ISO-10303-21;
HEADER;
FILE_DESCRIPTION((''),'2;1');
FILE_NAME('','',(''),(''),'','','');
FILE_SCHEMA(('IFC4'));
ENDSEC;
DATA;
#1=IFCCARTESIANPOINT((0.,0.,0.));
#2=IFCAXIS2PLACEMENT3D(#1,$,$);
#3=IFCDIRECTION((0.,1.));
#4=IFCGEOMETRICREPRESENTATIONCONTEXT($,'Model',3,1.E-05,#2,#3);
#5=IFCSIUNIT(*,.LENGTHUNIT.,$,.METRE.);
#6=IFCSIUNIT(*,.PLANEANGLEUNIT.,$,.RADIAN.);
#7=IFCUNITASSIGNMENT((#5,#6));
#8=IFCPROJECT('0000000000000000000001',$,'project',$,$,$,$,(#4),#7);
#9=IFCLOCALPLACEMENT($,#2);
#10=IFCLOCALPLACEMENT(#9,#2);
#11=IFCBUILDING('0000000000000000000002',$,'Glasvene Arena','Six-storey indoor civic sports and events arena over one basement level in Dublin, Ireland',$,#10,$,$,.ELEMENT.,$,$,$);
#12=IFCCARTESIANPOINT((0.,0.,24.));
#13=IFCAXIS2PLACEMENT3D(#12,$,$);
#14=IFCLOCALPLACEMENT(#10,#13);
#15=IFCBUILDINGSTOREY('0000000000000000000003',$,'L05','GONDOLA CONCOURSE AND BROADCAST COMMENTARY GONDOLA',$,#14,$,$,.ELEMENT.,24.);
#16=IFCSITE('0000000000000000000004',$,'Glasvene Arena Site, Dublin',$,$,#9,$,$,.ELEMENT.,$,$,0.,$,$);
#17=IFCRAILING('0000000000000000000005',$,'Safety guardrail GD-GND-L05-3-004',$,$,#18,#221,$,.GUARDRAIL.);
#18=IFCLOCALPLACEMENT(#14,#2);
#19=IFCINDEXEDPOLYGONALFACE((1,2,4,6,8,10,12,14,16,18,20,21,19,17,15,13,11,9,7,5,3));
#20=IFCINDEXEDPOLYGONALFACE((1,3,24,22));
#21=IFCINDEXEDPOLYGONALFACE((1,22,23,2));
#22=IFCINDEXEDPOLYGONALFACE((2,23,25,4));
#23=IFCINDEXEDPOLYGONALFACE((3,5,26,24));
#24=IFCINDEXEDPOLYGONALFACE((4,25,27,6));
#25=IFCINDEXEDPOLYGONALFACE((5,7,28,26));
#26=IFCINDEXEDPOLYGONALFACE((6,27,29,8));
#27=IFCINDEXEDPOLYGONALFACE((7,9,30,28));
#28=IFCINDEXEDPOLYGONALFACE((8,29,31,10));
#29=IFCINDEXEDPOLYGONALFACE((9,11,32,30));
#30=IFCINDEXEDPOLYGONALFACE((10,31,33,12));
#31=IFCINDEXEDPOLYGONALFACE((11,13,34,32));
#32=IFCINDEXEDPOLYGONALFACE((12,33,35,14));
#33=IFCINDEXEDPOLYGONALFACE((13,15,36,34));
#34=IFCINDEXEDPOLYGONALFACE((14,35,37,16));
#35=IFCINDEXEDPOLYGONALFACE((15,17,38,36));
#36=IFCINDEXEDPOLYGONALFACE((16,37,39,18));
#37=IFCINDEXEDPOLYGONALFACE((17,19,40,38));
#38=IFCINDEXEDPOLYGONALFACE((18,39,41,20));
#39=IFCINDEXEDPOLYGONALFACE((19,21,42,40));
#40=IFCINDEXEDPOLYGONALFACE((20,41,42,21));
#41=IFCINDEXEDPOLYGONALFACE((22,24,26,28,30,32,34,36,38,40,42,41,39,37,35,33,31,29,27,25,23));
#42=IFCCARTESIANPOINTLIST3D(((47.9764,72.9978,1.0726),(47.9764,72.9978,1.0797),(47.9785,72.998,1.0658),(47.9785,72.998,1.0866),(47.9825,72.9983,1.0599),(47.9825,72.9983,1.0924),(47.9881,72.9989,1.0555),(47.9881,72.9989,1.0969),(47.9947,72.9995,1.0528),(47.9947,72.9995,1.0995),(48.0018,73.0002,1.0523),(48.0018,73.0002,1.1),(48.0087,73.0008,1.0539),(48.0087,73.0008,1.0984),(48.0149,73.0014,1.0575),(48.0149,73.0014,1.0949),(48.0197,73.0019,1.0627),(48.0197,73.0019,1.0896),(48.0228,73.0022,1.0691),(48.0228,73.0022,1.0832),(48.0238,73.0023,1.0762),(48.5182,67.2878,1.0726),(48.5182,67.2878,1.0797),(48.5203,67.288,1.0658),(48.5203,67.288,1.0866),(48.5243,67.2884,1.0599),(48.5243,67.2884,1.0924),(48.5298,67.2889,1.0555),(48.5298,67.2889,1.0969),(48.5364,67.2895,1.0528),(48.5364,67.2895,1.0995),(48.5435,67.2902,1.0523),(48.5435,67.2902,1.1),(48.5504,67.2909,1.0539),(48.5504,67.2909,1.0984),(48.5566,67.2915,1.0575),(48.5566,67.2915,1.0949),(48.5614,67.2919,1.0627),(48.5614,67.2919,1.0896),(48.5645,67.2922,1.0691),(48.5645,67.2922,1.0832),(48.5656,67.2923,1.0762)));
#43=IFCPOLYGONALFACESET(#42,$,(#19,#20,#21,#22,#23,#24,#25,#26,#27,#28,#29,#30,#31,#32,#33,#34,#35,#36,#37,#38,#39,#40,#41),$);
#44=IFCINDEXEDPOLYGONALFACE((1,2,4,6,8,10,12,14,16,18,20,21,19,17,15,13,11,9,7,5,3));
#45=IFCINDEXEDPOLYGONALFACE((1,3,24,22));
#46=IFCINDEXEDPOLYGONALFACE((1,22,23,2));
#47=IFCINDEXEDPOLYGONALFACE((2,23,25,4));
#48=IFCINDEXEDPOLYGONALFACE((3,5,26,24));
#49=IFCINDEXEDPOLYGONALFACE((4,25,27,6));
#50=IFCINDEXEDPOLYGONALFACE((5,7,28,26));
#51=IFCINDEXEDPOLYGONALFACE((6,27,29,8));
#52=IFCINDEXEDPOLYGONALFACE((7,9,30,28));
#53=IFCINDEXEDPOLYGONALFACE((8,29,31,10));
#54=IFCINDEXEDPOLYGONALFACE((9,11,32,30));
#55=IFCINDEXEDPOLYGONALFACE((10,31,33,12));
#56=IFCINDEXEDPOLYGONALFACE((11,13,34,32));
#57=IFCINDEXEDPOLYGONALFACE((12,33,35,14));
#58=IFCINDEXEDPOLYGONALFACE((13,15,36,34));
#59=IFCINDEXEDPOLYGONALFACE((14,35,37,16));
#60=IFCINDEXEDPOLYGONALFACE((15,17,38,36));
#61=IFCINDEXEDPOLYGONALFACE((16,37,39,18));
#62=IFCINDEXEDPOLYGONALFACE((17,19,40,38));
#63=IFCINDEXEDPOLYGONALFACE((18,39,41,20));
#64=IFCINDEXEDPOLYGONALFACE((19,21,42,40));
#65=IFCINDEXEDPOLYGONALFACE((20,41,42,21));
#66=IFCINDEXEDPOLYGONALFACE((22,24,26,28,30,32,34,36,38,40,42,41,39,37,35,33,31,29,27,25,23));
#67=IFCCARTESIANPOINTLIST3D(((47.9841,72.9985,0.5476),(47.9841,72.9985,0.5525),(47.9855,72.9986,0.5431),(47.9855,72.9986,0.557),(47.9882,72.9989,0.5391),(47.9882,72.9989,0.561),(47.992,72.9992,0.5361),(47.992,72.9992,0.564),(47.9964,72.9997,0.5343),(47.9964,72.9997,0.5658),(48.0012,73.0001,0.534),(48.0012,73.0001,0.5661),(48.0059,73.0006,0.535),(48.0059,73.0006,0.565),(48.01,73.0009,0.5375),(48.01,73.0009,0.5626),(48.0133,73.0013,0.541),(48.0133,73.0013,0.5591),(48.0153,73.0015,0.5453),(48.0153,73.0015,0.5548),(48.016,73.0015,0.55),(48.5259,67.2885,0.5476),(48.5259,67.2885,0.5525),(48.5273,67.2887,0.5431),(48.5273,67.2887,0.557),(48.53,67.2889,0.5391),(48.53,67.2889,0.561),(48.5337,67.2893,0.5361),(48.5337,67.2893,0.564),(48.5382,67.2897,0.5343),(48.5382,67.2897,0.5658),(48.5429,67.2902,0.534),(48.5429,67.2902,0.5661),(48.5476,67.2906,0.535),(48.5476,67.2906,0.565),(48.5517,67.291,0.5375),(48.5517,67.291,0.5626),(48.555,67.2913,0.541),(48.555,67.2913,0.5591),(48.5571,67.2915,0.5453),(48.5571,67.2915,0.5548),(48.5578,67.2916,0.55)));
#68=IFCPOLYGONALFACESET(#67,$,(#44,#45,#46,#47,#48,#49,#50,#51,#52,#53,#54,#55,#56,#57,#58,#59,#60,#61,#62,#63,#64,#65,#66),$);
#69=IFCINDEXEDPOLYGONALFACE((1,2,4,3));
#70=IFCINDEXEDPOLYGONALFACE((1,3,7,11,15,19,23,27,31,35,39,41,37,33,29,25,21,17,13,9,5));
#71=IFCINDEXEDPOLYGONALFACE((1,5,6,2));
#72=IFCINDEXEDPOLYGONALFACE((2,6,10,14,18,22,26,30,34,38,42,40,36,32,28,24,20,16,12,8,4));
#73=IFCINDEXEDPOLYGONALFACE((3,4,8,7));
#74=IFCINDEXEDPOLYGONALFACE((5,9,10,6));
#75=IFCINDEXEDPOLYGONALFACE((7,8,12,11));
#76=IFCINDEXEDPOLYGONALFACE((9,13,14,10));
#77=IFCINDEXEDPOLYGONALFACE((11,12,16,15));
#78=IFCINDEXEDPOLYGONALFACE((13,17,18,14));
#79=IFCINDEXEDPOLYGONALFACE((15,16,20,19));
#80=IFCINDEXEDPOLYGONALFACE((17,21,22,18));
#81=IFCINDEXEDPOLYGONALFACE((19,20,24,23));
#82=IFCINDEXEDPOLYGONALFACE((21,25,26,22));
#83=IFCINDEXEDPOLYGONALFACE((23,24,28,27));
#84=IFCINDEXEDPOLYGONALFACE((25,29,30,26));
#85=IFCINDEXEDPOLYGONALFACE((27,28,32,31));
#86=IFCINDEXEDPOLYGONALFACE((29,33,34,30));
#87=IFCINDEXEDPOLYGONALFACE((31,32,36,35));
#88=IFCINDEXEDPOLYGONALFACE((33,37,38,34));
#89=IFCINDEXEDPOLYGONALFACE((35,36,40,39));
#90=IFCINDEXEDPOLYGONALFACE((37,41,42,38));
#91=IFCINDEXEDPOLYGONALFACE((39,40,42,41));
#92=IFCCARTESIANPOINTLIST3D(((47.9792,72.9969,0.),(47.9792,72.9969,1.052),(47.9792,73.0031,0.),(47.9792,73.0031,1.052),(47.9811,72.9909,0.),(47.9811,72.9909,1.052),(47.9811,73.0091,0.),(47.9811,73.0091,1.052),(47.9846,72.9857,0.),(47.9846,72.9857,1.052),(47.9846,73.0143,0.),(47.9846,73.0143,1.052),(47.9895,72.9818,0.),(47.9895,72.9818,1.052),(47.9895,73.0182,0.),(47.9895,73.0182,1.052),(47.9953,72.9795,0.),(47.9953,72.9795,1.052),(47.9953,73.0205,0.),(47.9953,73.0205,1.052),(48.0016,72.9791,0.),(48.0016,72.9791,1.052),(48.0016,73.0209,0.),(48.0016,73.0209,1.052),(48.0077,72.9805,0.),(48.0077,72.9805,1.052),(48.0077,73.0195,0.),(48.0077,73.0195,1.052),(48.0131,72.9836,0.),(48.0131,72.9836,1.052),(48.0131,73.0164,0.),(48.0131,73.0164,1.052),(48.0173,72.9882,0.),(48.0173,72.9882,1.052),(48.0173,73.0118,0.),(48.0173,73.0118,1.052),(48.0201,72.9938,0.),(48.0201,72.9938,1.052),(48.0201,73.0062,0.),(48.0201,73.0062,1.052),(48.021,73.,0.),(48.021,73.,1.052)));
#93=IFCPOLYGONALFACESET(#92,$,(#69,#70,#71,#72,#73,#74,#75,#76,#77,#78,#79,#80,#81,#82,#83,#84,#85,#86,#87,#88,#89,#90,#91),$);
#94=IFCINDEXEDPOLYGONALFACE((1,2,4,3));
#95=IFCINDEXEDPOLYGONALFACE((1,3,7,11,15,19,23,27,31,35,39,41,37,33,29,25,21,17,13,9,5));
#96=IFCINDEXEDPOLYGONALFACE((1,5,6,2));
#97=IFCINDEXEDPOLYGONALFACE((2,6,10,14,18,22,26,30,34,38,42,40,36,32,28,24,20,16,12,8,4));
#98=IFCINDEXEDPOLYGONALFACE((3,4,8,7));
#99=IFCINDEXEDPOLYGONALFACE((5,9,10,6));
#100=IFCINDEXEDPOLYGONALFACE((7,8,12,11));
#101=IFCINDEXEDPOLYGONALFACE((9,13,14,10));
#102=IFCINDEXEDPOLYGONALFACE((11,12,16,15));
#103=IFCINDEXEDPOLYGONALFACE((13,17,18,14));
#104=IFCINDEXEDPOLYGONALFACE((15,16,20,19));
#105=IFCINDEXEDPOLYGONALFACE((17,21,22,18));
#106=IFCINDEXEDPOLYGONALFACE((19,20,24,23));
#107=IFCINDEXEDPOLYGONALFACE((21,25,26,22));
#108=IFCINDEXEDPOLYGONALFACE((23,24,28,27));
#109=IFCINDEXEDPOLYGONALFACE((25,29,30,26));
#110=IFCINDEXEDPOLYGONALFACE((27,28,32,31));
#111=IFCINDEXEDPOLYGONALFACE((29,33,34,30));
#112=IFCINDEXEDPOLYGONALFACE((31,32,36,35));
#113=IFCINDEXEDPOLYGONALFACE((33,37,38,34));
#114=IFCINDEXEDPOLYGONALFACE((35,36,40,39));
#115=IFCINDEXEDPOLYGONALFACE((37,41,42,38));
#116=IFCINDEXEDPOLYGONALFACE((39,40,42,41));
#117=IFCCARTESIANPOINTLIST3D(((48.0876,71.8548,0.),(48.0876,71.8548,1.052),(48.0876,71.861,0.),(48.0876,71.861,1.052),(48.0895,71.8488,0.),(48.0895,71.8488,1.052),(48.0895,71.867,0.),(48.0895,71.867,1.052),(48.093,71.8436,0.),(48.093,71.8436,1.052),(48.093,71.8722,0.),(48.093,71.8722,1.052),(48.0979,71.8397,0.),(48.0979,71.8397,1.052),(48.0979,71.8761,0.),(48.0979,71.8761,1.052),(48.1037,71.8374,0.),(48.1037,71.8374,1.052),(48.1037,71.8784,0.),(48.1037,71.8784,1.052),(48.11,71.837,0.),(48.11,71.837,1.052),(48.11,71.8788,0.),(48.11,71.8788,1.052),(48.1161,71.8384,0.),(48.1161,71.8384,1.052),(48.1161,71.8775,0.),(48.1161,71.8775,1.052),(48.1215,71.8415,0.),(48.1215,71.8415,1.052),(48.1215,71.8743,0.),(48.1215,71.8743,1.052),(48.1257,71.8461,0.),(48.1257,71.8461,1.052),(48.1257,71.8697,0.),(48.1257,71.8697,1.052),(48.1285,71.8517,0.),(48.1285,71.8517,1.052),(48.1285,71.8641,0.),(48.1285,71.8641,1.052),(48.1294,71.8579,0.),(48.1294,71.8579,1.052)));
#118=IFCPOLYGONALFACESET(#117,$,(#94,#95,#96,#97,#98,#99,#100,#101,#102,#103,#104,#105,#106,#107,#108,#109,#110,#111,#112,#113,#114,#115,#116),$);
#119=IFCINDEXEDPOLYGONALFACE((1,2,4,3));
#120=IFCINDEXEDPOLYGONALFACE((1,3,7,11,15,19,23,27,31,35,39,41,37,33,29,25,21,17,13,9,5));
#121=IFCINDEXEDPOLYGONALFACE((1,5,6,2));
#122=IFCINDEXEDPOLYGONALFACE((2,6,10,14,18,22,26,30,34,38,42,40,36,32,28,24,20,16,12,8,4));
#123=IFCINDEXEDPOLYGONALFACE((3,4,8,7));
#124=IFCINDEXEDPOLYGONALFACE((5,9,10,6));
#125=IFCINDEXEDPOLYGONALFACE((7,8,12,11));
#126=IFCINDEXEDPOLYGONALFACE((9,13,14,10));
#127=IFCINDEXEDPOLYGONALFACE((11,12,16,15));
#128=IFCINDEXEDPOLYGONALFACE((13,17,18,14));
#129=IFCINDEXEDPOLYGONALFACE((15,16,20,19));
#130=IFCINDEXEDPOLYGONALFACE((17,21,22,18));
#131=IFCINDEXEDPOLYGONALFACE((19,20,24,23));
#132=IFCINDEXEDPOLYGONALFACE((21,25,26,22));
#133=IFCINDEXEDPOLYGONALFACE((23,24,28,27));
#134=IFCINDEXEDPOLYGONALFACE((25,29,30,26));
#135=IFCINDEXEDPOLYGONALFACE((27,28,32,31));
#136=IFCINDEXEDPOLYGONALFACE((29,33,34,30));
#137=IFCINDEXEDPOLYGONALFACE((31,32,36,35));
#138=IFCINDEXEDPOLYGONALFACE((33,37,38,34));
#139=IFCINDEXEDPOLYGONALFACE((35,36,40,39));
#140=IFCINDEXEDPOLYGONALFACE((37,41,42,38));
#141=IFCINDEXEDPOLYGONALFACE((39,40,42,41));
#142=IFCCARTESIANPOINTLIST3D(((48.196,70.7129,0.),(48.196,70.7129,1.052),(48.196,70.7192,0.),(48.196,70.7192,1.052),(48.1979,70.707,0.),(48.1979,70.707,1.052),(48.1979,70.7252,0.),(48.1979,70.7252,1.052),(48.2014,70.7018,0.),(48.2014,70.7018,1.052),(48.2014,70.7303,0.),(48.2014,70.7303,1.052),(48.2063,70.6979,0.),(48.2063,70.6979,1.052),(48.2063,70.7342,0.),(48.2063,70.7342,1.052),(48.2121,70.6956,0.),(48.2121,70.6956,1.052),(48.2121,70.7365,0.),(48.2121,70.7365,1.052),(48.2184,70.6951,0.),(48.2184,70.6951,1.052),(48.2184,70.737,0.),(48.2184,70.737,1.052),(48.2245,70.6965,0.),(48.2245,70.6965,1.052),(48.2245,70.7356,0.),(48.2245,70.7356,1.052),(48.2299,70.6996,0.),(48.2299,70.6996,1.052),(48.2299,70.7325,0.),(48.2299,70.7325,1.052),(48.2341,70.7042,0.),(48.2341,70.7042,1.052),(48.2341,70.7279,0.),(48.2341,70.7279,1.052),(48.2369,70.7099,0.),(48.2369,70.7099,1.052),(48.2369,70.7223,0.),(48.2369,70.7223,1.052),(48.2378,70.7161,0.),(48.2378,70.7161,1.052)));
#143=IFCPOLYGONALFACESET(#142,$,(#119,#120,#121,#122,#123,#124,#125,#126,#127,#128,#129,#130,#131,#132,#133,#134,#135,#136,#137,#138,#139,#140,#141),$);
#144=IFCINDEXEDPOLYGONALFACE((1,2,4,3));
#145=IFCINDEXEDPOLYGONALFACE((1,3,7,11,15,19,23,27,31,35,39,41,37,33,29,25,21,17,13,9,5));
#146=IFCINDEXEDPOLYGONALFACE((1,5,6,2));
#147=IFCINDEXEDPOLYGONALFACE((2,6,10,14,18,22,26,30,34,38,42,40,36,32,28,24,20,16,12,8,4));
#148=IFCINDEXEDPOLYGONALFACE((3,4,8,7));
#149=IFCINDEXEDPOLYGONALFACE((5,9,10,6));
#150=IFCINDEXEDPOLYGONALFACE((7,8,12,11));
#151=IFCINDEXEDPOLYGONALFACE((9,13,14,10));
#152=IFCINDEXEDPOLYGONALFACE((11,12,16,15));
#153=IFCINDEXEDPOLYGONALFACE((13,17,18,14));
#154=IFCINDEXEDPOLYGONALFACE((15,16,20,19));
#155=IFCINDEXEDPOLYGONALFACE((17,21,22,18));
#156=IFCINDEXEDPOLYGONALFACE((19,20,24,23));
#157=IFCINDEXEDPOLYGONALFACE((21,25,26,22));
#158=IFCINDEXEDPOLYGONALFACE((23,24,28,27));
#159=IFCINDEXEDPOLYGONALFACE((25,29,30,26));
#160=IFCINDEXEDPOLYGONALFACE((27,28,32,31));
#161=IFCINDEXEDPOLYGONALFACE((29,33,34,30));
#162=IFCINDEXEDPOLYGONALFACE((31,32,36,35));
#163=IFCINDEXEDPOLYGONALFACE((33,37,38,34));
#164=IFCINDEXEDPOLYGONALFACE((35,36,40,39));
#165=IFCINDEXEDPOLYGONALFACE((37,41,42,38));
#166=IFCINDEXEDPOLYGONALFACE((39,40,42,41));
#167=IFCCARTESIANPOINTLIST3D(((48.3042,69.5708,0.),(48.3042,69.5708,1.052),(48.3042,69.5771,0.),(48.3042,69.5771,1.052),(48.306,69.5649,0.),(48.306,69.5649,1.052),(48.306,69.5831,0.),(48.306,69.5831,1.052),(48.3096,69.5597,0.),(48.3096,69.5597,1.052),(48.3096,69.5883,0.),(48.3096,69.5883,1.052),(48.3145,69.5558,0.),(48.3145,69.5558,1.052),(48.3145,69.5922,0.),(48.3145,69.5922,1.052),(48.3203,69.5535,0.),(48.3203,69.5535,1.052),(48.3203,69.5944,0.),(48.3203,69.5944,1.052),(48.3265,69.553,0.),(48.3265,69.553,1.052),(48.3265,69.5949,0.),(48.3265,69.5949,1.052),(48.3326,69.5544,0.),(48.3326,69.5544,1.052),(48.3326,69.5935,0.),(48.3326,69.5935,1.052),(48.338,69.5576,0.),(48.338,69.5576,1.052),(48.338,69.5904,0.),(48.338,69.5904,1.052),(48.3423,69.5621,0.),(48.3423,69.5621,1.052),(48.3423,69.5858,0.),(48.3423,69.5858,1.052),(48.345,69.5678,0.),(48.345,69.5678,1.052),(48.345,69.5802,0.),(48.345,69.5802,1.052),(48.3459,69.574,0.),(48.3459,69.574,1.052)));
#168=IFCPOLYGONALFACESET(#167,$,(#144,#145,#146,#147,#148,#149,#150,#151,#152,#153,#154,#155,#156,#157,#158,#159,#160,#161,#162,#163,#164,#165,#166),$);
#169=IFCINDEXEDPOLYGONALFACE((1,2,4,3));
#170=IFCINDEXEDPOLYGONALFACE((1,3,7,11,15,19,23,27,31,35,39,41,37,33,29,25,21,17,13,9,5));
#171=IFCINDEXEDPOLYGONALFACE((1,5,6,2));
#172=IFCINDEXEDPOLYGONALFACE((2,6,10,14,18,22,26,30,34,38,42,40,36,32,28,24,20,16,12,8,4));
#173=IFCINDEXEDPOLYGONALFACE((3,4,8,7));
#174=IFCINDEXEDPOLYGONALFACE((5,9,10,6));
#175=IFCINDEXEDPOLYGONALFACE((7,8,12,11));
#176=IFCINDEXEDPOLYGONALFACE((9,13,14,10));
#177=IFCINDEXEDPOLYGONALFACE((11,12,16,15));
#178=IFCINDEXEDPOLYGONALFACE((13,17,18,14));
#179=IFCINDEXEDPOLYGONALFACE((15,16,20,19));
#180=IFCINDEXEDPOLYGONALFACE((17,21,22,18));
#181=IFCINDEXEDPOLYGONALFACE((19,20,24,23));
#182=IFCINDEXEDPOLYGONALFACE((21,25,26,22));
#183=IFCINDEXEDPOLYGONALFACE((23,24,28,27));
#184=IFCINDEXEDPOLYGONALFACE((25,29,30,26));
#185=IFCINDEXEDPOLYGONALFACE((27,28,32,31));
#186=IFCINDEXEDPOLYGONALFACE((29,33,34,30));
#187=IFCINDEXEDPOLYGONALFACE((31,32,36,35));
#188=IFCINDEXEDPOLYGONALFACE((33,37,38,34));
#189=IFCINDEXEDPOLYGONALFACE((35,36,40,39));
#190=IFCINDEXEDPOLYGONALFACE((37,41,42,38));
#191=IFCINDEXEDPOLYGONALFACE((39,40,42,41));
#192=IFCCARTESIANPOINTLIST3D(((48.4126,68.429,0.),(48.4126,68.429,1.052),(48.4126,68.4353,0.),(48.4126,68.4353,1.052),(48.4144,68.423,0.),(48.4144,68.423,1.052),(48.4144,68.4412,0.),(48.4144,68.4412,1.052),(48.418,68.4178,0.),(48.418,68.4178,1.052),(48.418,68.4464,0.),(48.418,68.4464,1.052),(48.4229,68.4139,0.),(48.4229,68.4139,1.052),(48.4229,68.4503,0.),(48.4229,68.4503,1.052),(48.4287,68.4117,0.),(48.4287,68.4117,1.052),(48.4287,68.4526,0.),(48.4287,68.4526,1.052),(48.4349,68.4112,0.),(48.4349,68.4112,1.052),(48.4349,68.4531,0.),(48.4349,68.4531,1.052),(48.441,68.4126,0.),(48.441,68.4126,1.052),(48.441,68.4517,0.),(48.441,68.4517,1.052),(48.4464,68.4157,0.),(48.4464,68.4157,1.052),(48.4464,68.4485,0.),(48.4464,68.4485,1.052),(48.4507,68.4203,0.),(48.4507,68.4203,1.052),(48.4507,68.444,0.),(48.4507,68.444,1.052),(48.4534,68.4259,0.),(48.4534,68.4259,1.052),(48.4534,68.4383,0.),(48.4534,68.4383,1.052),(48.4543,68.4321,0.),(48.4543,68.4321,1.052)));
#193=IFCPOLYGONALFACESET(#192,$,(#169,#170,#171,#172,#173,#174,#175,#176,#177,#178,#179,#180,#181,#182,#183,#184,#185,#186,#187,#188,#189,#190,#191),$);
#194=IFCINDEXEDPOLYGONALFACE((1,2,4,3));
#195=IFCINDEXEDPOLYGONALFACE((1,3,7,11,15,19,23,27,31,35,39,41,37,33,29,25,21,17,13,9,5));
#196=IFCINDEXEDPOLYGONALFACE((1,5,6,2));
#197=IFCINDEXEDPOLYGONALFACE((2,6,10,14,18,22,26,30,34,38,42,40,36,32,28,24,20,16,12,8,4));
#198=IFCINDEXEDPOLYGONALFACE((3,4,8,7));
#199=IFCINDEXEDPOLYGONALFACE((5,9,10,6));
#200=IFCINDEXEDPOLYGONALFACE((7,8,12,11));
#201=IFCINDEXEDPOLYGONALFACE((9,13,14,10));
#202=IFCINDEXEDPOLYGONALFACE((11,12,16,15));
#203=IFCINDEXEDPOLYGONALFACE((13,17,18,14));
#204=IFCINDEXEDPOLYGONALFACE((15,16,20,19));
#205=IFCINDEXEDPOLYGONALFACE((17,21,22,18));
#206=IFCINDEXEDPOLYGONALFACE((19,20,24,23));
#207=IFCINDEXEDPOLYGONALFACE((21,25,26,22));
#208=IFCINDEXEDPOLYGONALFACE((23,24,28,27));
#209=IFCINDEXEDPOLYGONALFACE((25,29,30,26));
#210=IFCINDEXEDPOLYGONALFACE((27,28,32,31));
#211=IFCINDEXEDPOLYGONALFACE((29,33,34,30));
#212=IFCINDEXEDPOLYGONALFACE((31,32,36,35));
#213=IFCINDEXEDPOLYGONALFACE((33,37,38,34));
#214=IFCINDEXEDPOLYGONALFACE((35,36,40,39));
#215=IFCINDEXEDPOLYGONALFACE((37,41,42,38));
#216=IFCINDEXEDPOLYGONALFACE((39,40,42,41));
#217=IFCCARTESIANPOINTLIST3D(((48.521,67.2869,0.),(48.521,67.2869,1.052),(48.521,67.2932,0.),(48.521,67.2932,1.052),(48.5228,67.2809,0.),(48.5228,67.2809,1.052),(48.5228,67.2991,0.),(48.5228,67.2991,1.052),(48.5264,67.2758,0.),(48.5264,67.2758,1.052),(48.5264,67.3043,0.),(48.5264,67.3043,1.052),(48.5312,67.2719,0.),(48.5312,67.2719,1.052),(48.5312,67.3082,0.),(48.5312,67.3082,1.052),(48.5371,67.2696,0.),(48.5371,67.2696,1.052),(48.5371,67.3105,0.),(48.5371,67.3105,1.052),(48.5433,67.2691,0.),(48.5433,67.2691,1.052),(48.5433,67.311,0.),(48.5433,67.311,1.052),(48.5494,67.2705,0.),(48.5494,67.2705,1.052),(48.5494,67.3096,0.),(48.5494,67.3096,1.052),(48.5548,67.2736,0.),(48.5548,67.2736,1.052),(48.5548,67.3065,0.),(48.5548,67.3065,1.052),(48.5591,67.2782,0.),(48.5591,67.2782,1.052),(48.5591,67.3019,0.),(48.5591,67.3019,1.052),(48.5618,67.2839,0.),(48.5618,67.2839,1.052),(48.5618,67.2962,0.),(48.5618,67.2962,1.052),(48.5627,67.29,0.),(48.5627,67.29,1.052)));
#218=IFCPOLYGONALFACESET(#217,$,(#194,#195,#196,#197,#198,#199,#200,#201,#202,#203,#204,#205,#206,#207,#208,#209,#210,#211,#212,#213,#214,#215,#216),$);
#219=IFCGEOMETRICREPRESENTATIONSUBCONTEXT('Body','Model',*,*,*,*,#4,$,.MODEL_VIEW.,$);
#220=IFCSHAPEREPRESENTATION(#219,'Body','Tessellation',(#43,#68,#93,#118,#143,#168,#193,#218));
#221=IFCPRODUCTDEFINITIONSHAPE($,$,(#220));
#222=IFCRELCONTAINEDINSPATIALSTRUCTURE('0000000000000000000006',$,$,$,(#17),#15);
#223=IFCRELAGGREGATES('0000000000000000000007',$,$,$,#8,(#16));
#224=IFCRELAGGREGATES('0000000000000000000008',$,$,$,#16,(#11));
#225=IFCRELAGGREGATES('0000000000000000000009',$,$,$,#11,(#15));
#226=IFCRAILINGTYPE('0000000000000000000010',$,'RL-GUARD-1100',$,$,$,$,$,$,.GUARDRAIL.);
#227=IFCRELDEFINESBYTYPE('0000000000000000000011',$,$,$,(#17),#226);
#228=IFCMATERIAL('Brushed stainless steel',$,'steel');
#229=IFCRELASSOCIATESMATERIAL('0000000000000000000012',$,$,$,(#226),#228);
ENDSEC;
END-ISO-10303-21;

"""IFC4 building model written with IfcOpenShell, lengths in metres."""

from ifc_helpers import new_model, si_unit, direction, frame, origin, origin_2d, place, context, subcontext, project, spatial, circle, extrude, material, type_object, element, save


model = new_model("IFC4")

# Units and contexts
model_context = context("Model", 3, precision=1e-05, world=origin(), true_north=direction((0.0, 1.0)))
body_context = subcontext(model_context, "Body", "Model", "MODEL_VIEW")
ifc_project = project(units=[si_unit("LENGTHUNIT", "METRE"), si_unit("PLANEANGLEUNIT", "RADIAN")], contexts=[model_context])

# Site, building, storey
site_placement = place(None, origin())
site = spatial("IfcSite", under=ifc_project, at=site_placement, Name="Glasvene Arena Site, Dublin", CompositionType="ELEMENT", RefElevation=0.0)
building_placement = place(site_placement, origin())
building = spatial("IfcBuilding", under=site, at=building_placement, Name="Glasvene Arena", Description="Six-storey indoor civic sports and events arena over one basement level in Dublin, Ireland", CompositionType="ELEMENT")
storey_placement = place(building_placement, frame((0.0, 0.0, 24.0)))
storey = spatial("IfcBuildingStorey", under=building, at=storey_placement, Name="L05", Description="GONDOLA CONCOURSE AND BROADCAST COMMENTARY GONDOLA", CompositionType="ELEMENT", Elevation=24.0)

# Railing
ifc_material_1 = material(Name="Brushed stainless steel", Category="steel")
railing_type_1 = type_object("IfcRailingType", Name="RL-GUARD-1100", PredefinedType="GUARDRAIL", material=ifc_material_1)
railing_1_placement = place(storey_placement, frame((48.0, 73.0, 0.0)))
element("IfcRailing", 1, at=railing_1_placement, inside=storey, type_object=railing_type_1, Name="Safety guardrail GD-GND-L05-3-004", PredefinedType="GUARDRAIL", context=body_context, shape_type="SweptSolid", body=[
    extrude(circle(Radius=0.0239, at=origin_2d()), frame((0.0, 0.0, 1.0762), z_axis=(0.094454, -0.995529, 0.0), x_axis=(0.995529, 0.094454, 0.0)), (0.0, 0.0, 1.0), 5.7356),
    extrude(circle(Radius=0.0161, at=origin_2d()), frame((0.0, 0.0, 0.55), z_axis=(0.094454, -0.995529, 0.0), x_axis=(0.995529, 0.094454, 0.0)), (0.0, 0.0, 1.0), 5.7356),
    extrude(circle(Radius=0.021, at=origin_2d()), origin(), (0.0, 0.0, 1.0), 1.052),
    extrude(circle(Radius=0.021, at=origin_2d()), frame((0.1084, -1.1421, 0.0)), (0.0, 0.0, 1.0), 1.052),
    extrude(circle(Radius=0.021, at=origin_2d()), frame((0.2168, -2.2839, 0.0)), (0.0, 0.0, 1.0), 1.052),
    extrude(circle(Radius=0.021, at=origin_2d()), frame((0.325, -3.426, 0.0)), (0.0, 0.0, 1.0), 1.052),
    extrude(circle(Radius=0.021, at=origin_2d()), frame((0.4333, -4.5679, 0.0)), (0.0, 0.0, 1.0), 1.052),
    extrude(circle(Radius=0.021, at=origin_2d()), frame((0.5417, -5.71, 0.0)), (0.0, 0.0, 1.0), 1.052),
])

save(model, "model.ifc")
